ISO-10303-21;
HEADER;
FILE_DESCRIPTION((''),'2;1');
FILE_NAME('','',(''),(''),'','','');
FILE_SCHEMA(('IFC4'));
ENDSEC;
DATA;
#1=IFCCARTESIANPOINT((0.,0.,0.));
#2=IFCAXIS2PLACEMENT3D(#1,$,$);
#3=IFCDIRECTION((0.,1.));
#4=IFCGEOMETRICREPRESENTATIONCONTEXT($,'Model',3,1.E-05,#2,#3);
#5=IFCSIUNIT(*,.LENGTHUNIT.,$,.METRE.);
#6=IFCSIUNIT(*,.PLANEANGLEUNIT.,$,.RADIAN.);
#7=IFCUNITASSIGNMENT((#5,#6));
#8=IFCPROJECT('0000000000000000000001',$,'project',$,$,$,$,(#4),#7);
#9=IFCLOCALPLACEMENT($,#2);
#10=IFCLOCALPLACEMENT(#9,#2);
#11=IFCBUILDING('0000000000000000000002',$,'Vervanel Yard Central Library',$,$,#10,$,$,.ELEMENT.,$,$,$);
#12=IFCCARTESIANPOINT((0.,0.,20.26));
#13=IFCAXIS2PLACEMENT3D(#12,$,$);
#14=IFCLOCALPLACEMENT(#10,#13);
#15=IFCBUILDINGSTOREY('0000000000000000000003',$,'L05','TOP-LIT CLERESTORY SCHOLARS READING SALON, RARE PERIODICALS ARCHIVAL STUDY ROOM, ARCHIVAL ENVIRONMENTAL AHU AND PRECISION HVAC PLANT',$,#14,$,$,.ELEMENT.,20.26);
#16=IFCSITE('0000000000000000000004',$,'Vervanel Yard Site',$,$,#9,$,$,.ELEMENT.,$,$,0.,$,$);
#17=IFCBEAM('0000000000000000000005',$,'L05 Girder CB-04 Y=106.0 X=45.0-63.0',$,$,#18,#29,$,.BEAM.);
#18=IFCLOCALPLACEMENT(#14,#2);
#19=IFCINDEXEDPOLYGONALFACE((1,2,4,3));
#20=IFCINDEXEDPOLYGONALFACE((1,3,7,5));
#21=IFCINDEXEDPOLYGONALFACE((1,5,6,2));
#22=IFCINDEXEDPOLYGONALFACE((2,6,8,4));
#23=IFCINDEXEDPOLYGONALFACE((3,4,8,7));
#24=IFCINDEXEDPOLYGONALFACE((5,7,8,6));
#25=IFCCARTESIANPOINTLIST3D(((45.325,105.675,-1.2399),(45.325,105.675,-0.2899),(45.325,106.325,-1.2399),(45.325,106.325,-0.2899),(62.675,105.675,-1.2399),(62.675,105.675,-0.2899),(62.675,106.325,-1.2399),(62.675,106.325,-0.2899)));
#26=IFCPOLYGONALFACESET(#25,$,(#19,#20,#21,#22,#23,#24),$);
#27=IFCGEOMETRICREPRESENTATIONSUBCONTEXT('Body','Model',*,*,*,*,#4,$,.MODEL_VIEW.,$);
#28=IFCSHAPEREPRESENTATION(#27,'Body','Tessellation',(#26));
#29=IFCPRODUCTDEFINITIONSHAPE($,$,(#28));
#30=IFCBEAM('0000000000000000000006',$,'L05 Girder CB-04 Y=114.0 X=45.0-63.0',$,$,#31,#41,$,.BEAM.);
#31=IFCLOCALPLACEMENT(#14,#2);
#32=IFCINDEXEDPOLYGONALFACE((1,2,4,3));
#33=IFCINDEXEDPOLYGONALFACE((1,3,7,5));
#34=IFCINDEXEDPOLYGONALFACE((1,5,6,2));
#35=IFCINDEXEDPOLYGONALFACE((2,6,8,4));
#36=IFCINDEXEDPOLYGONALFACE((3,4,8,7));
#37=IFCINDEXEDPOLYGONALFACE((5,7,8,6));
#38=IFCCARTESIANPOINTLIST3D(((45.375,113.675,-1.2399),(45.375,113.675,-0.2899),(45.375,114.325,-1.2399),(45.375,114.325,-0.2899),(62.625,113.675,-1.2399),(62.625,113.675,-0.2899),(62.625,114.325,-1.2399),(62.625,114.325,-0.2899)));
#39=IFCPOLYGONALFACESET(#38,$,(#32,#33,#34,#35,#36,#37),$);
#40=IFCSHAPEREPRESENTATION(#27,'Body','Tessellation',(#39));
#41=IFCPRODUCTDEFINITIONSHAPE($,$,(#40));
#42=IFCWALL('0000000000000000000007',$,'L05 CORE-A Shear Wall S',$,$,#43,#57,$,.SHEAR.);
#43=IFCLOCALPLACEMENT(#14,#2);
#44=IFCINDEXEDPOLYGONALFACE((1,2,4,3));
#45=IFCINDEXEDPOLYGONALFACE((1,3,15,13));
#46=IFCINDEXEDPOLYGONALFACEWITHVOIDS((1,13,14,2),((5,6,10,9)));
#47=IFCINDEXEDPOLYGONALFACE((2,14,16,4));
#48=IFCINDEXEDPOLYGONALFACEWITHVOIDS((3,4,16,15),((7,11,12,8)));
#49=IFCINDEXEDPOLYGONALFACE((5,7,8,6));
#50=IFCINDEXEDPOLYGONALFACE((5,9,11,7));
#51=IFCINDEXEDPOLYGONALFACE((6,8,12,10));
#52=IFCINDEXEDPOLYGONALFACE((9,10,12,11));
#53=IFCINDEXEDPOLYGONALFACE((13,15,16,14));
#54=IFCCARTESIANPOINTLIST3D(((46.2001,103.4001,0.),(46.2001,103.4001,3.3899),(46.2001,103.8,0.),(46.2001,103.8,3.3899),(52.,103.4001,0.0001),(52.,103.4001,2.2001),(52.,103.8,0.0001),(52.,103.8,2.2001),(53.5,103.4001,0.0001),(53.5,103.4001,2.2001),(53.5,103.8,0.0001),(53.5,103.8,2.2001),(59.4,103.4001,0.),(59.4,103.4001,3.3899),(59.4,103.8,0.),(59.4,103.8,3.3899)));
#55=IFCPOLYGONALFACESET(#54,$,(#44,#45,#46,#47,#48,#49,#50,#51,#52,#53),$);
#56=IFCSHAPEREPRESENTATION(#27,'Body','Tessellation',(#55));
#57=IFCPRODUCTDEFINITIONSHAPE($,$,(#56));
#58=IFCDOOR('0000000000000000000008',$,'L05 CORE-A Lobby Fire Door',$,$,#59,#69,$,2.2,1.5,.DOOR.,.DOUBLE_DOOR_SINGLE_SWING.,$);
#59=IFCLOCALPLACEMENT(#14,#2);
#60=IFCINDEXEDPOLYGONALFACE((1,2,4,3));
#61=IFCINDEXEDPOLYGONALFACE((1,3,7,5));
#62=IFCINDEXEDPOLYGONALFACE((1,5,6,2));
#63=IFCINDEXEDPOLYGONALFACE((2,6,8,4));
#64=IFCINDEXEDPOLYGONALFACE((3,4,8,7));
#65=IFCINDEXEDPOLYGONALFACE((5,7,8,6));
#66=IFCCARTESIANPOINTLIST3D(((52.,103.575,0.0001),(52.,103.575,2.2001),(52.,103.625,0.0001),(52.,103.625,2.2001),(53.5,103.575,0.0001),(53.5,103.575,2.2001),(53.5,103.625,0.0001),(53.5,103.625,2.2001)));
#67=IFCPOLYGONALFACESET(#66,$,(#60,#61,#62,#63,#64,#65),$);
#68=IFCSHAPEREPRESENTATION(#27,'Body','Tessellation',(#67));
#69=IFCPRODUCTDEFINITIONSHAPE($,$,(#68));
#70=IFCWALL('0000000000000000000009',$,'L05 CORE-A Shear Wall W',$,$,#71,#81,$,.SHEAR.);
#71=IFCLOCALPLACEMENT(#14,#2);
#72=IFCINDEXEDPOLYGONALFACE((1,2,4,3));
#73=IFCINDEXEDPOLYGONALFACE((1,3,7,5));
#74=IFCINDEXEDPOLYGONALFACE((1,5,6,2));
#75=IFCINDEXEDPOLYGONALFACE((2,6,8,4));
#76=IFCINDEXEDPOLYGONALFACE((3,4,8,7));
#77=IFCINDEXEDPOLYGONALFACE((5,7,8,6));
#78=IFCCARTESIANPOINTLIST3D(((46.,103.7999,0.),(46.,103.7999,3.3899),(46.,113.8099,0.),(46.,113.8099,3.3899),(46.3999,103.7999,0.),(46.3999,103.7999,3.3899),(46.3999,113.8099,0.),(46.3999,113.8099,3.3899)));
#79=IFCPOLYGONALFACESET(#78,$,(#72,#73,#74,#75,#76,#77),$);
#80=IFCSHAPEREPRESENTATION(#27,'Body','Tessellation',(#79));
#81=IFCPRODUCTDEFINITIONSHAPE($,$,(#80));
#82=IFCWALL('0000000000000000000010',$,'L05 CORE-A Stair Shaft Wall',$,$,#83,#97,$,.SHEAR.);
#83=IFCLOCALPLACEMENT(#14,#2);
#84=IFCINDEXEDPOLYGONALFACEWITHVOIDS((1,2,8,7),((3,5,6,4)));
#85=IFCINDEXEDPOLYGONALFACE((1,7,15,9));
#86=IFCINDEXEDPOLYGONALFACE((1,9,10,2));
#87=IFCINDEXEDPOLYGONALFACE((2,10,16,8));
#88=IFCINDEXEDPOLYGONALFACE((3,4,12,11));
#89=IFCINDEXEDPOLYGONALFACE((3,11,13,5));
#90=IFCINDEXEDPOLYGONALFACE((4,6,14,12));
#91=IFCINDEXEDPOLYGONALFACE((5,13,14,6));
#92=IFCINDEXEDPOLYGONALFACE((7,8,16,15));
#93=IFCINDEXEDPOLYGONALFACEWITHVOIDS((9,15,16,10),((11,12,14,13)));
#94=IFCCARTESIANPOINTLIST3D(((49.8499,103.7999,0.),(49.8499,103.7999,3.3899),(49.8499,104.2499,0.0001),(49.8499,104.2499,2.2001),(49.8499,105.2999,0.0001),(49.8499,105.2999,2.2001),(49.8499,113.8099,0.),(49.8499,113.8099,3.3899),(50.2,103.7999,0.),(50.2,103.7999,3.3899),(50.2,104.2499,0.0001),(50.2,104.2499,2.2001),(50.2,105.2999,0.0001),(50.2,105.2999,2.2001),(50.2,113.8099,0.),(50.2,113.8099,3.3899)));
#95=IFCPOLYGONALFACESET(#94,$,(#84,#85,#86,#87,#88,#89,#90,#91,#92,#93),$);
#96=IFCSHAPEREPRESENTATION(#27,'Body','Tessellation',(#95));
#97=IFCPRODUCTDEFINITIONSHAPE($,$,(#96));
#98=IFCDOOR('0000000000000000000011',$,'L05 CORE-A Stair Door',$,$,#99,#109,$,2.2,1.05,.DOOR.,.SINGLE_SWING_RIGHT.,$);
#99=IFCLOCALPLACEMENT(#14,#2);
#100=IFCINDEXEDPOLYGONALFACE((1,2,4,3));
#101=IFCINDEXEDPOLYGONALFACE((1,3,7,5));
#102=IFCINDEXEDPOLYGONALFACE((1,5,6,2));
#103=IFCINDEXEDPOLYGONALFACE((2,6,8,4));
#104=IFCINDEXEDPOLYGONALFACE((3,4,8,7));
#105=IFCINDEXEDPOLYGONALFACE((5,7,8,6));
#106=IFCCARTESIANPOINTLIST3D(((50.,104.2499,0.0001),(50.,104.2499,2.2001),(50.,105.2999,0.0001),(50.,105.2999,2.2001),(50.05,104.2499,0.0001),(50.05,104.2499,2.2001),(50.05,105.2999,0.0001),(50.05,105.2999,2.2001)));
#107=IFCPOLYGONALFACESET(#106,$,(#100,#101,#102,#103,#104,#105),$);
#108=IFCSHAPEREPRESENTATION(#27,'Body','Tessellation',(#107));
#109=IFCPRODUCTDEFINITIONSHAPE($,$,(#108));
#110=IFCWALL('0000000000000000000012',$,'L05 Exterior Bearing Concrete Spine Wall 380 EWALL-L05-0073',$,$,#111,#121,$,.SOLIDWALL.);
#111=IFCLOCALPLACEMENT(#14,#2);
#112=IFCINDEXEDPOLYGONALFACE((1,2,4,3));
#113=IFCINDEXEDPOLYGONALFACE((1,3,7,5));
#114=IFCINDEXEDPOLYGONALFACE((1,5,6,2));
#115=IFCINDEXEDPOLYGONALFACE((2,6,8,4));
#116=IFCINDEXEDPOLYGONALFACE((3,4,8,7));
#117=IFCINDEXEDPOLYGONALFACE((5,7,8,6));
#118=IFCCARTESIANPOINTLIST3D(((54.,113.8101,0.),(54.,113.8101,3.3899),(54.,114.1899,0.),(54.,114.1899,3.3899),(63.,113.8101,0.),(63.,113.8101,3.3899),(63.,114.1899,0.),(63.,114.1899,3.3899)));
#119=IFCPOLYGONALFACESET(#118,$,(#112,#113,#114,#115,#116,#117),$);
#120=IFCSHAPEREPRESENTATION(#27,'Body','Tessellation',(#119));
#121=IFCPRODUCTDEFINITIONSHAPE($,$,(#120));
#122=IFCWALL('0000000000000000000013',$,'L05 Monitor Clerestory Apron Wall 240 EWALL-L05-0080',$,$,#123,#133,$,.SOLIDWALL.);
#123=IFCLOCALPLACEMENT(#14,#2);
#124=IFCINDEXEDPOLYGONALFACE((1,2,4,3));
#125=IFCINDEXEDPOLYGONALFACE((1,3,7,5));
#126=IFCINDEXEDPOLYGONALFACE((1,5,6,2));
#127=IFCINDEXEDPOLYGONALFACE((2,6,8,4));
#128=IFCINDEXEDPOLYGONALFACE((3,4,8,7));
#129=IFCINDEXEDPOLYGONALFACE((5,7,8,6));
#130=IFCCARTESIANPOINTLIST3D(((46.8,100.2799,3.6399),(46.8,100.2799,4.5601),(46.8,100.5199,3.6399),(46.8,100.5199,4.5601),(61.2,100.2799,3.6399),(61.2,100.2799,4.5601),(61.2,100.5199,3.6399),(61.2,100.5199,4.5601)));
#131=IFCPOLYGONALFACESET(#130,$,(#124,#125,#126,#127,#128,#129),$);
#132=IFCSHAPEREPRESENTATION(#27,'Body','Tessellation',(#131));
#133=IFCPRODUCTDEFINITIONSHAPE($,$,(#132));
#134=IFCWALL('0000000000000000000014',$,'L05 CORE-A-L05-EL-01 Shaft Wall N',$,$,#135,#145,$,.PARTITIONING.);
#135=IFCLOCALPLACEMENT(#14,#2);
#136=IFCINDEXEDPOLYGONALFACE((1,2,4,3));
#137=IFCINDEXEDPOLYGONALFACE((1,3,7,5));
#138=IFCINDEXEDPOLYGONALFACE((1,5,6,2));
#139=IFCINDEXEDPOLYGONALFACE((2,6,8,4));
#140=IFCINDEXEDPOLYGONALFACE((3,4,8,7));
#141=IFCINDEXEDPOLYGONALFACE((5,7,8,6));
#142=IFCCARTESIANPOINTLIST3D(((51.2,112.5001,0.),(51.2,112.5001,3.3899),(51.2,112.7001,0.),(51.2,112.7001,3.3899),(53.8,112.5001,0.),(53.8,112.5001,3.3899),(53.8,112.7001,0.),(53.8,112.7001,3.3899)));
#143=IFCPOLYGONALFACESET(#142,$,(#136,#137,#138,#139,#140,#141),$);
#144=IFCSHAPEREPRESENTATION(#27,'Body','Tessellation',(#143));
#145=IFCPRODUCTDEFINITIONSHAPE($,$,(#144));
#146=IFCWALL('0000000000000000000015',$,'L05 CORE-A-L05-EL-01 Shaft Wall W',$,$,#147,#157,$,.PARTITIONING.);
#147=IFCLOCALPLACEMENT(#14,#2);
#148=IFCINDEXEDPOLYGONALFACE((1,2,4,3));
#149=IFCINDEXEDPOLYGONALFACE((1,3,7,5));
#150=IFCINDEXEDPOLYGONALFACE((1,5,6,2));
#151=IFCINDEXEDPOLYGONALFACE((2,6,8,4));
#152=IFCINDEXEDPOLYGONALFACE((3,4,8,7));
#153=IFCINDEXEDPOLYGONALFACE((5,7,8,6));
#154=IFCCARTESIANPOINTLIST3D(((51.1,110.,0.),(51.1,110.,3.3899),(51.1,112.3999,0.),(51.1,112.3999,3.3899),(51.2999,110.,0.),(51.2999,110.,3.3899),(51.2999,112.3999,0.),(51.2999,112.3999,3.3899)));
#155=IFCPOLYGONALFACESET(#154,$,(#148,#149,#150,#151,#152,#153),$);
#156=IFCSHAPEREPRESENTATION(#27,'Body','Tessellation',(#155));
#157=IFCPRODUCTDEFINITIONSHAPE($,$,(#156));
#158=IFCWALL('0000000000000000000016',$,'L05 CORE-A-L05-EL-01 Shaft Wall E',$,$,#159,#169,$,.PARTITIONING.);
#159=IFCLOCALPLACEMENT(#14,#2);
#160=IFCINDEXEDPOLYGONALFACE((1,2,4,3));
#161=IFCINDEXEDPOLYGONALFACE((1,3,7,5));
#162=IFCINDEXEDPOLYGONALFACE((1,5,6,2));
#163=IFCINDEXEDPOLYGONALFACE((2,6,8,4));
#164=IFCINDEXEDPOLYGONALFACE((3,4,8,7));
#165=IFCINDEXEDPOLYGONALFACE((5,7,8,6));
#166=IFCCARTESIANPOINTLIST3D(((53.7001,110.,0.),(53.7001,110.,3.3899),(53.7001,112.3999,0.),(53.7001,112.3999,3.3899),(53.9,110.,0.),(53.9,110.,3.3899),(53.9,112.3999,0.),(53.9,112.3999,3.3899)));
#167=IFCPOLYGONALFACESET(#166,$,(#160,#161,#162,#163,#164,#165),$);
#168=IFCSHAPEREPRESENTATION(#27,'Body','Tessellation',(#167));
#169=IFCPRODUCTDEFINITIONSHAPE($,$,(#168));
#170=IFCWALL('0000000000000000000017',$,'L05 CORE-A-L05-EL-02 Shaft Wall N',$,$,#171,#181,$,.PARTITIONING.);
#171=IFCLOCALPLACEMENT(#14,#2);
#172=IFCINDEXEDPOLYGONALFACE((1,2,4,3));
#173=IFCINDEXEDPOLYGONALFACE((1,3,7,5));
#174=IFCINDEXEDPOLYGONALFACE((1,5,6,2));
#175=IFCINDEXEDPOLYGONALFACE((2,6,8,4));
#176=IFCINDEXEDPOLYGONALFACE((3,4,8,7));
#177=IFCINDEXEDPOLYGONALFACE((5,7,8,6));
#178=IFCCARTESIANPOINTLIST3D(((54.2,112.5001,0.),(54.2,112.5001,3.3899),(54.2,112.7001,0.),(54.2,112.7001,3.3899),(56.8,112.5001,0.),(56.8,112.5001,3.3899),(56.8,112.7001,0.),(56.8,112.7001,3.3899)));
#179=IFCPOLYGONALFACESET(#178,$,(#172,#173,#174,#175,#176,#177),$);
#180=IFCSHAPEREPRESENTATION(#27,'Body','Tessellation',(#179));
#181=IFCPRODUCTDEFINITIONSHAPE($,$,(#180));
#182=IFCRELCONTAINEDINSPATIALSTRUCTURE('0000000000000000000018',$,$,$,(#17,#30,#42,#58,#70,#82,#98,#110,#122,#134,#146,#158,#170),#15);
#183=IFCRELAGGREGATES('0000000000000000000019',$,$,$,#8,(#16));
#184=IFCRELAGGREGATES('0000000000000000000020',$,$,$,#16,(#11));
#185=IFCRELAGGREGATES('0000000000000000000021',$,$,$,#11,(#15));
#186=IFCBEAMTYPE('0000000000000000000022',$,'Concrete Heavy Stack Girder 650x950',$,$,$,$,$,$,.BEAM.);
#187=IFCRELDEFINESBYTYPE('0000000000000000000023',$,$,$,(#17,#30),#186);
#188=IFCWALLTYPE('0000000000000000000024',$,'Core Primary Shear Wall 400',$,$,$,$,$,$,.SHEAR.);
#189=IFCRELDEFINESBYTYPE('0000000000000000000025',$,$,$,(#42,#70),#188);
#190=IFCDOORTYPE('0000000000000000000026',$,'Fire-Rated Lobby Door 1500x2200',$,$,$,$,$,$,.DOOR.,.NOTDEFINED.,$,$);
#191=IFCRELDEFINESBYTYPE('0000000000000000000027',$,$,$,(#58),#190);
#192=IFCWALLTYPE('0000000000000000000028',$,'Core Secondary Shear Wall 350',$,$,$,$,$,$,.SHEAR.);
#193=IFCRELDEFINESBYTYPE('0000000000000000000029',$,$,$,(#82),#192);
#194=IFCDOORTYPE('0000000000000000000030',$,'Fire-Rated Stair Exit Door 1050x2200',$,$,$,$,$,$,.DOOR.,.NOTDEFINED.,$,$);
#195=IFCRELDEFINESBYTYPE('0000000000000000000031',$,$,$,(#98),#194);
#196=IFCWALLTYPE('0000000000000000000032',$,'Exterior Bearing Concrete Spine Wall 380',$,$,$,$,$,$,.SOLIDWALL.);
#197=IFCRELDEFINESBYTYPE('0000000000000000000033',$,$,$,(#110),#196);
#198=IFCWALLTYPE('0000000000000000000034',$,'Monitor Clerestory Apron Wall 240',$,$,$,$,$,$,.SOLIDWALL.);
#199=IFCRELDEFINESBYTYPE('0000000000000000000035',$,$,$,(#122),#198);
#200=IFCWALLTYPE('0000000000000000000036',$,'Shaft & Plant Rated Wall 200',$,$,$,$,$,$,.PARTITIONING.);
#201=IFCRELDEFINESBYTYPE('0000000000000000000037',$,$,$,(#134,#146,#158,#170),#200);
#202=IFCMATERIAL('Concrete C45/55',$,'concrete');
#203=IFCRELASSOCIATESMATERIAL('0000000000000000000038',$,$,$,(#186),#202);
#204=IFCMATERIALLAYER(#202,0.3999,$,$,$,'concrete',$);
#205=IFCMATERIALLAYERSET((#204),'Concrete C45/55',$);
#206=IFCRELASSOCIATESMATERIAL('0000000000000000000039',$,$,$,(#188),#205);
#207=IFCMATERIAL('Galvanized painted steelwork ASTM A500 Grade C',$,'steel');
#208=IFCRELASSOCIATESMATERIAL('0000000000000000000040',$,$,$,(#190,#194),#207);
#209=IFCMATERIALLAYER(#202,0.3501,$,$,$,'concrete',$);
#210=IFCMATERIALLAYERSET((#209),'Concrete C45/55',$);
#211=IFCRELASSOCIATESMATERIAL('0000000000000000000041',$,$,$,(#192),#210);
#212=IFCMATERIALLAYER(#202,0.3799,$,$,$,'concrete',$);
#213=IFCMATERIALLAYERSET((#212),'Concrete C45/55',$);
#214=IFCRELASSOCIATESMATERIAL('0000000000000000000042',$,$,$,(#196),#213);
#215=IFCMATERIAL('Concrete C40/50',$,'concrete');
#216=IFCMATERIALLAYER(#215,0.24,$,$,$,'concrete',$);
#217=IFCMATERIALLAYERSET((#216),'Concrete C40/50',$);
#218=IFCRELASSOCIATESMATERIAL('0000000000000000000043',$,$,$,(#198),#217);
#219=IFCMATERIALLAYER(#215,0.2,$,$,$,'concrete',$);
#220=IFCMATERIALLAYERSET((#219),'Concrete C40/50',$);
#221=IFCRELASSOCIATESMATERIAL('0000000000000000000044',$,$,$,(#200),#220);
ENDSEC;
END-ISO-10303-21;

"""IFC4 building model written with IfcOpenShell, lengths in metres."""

from ifc_helpers import new_model, si_unit, direction, frame, frame_2d, origin, origin_2d, place, context, subcontext, project, spatial, rectangle, extrude, material, layer, layer_set, material_profile, profile_set, type_object, element, fill, save


model = new_model("IFC4")

# Units and contexts
model_context = context("Model", 3, precision=1e-05, world=origin(), true_north=direction((0.0, 1.0)))
body_context = subcontext(model_context, "Body", "Model", "MODEL_VIEW")
ifc_project = project(units=[si_unit("LENGTHUNIT", "METRE"), si_unit("PLANEANGLEUNIT", "RADIAN")], contexts=[model_context])

# Site, building, storey
site_placement = place(None, origin())
site = spatial("IfcSite", under=ifc_project, at=site_placement, Name="Vervanel Yard Site", CompositionType="ELEMENT", RefElevation=0.0)
building_placement = place(site_placement, origin())
building = spatial("IfcBuilding", under=site, at=building_placement, Name="Vervanel Yard Central Library", CompositionType="ELEMENT")
storey_placement = place(building_placement, frame((0.0, 0.0, 20.26)))
storey = spatial("IfcBuildingStorey", under=building, at=storey_placement, Name="L05", Description="TOP-LIT CLERESTORY SCHOLARS READING SALON, RARE PERIODICALS ARCHIVAL STUDY ROOM, ARCHIVAL ENVIRONMENTAL AHU AND PRECISION HVAC PLANT", CompositionType="ELEMENT", Elevation=20.26)

# Beams
ifc_material_1 = material(Name="Concrete C45/55", Category="concrete")
ifc_material_profile = material_profile(ifc_material_1, rectangle(XDim=0.6499, YDim=0.95, at=origin_2d()), Name="RC 650x950", Category="concrete")
ifc_profile_set = profile_set([ifc_material_profile], Name="Concrete C45/55")
beam_type = type_object("IfcBeamType", Name="Concrete Heavy Stack Girder 650x950", PredefinedType="BEAM", material=ifc_profile_set)
beam_1_placement = place(storey_placement, frame((45.325, 106.0, -0.7649), z_axis=(1.0, 0.0, 0.0), x_axis=(0.0, 1.0, 0.0)))
element("IfcBeam", 1, at=beam_1_placement, inside=storey, type_object=beam_type, Name="L05 Girder CB-04 Y=106.0 X=45.0-63.0", PredefinedType="BEAM", context=body_context, shape_type="SweptSolid", body=[
    extrude(rectangle(XDim=0.6499, YDim=0.95, at=origin_2d()), origin(), (0.0, 0.0, 1.0), 17.3501),
])
beam_2_placement = place(storey_placement, frame((45.375, 114.0, -0.7649), z_axis=(1.0, 0.0, 0.0), x_axis=(0.0, 1.0, 0.0)))
element("IfcBeam", 2, at=beam_2_placement, inside=storey, type_object=beam_type, Name="L05 Girder CB-04 Y=114.0 X=45.0-63.0", PredefinedType="BEAM", context=body_context, shape_type="SweptSolid", body=[
    extrude(rectangle(XDim=0.6499, YDim=0.95, at=origin_2d()), origin(), (0.0, 0.0, 1.0), 17.25),
])

# Wall, opening, door
ifc_layer_1 = layer(ifc_material_1, 0.3999, Category="concrete")
ifc_layer_set_1 = layer_set([ifc_layer_1], Name="Concrete C45/55")
wall_type_1 = type_object("IfcWallType", Name="Core Primary Shear Wall 400", PredefinedType="SHEAR", material=ifc_layer_set_1)
wall_1_placement = place(storey_placement, frame((46.2, 103.6001, 0.0), z_axis=(0.0, 0.0, 1.0), x_axis=(1.0, 0.0, 0.0)))
wall_1 = element("IfcWall", 3, at=wall_1_placement, inside=storey, type_object=wall_type_1, Name="L05 CORE-A Shear Wall S", PredefinedType="SHEAR", context=body_context, shape_type="SweptSolid", body=[
    extrude(rectangle(XDim=13.2, YDim=0.3999, at=frame_2d((6.6001, 0.0))), origin(), (0.0, 0.0, 1.0), 3.3899),
])
opening_1_placement = place(wall_1_placement, frame((5.8, 0.0, 0.0)))
opening_1 = element("IfcOpeningElement", 4, at=opening_1_placement, cuts=wall_1, PredefinedType="OPENING", context=body_context, shape_type="SweptSolid", body=[
    extrude(rectangle(XDim=1.5, YDim=2.2, at=frame_2d((0.75, 1.1001))), frame((0.0, 0.21, 0.0), z_axis=(0.0, -1.0, 0.0), x_axis=(1.0, 0.0, 0.0)), (0.0, 0.0, 1.0), 0.4199),
])
ifc_material_2 = material(Name="Galvanized painted steelwork ASTM A500 Grade C", Category="steel")
door_type_1 = type_object("IfcDoorType", Name="Fire-Rated Lobby Door 1500x2200", OperationType="NOTDEFINED", PredefinedType="DOOR", material=ifc_material_2)
door_1_placement = place(opening_1_placement, origin())
door_1 = element("IfcDoor", 5, at=door_1_placement, inside=storey, type_object=door_type_1, Name="L05 CORE-A Lobby Fire Door", OperationType="DOUBLE_DOOR_SINGLE_SWING", OverallHeight=2.2, OverallWidth=1.5, PredefinedType="DOOR", context=body_context, shape_type="SweptSolid", body=[
    extrude(rectangle(XDim=1.5, YDim=2.2, at=frame_2d((0.75, 1.1001))), frame((0.0, 0.0249, 0.0), z_axis=(0.0, -1.0, 0.0), x_axis=(1.0, 0.0, 0.0)), (0.0, 0.0, 1.0), 0.05),
])
fill(opening_1, door_1)

# Wall
wall_2_placement = place(storey_placement, frame((46.2, 103.8, 0.0), z_axis=(0.0, 0.0, 1.0), x_axis=(0.0, 1.0, 0.0)))
element("IfcWall", 6, at=wall_2_placement, inside=storey, type_object=wall_type_1, Name="L05 CORE-A Shear Wall W", PredefinedType="SHEAR", context=body_context, shape_type="SweptSolid", body=[
    extrude(rectangle(XDim=10.01, YDim=0.3999, at=frame_2d((5.0049, 0.0))), origin(), (0.0, 0.0, 1.0), 3.3899),
])

# Wall, opening, door
ifc_layer_2 = layer(ifc_material_1, 0.3501, Category="concrete")
ifc_layer_set_2 = layer_set([ifc_layer_2], Name="Concrete C45/55")
wall_type_2 = type_object("IfcWallType", Name="Core Secondary Shear Wall 350", PredefinedType="SHEAR", material=ifc_layer_set_2)
wall_3_placement = place(storey_placement, frame((50.0249, 103.8, 0.0), z_axis=(0.0, 0.0, 1.0), x_axis=(0.0, 1.0, 0.0)))
wall_3 = element("IfcWall", 7, at=wall_3_placement, inside=storey, type_object=wall_type_2, Name="L05 CORE-A Stair Shaft Wall", PredefinedType="SHEAR", context=body_context, shape_type="SweptSolid", body=[
    extrude(rectangle(XDim=10.01, YDim=0.3501, at=frame_2d((5.0049, 0.0))), origin(), (0.0, 0.0, 1.0), 3.3899),
])
opening_2_placement = place(wall_3_placement, frame((0.45, 0.0, 0.0)))
opening_2 = element("IfcOpeningElement", 8, at=opening_2_placement, cuts=wall_3, PredefinedType="OPENING", context=body_context, shape_type="SweptSolid", body=[
    extrude(rectangle(XDim=1.05, YDim=2.2, at=frame_2d((0.5249, 1.1001))), frame((0.0, 0.1851, 0.0), z_axis=(0.0, -1.0, 0.0), x_axis=(1.0, 0.0, 0.0)), (0.0, 0.0, 1.0), 0.3701),
])
door_type_2 = type_object("IfcDoorType", Name="Fire-Rated Stair Exit Door 1050x2200", OperationType="NOTDEFINED", PredefinedType="DOOR", material=ifc_material_2)
door_2_placement = place(opening_2_placement, origin())
door_2 = element("IfcDoor", 9, at=door_2_placement, inside=storey, type_object=door_type_2, Name="L05 CORE-A Stair Door", OperationType="SINGLE_SWING_RIGHT", OverallHeight=2.2, OverallWidth=1.05, PredefinedType="DOOR", context=body_context, shape_type="SweptSolid", body=[
    extrude(rectangle(XDim=1.05, YDim=2.2, at=frame_2d((0.5249, 1.1001))), frame((0.0, 0.0249, 0.0), z_axis=(0.0, -1.0, 0.0), x_axis=(1.0, 0.0, 0.0)), (0.0, 0.0, 1.0), 0.05),
])
fill(opening_2, door_2)

# Walls
ifc_layer_3 = layer(ifc_material_1, 0.3799, Category="concrete")
ifc_layer_set_3 = layer_set([ifc_layer_3], Name="Concrete C45/55")
wall_type_3 = type_object("IfcWallType", Name="Exterior Bearing Concrete Spine Wall 380", PredefinedType="SOLIDWALL", material=ifc_layer_set_3)
wall_4_placement = place(storey_placement, frame((54.0, 114.0, 0.0), z_axis=(0.0, 0.0, 1.0), x_axis=(1.0, 0.0, 0.0)))
element("IfcWall", 10, at=wall_4_placement, inside=storey, type_object=wall_type_3, Name="L05 Exterior Bearing Concrete Spine Wall 380 EWALL-L05-0073", PredefinedType="SOLIDWALL", context=body_context, shape_type="SweptSolid", body=[
    extrude(rectangle(XDim=9.0, YDim=0.3799, at=frame_2d((4.5, 0.0))), origin(), (0.0, 0.0, 1.0), 3.3899),
])
ifc_material_3 = material(Name="Concrete C40/50", Category="concrete")
ifc_layer_4 = layer(ifc_material_3, 0.24, Category="concrete")
ifc_layer_set_4 = layer_set([ifc_layer_4], Name="Concrete C40/50")
wall_type_4 = type_object("IfcWallType", Name="Monitor Clerestory Apron Wall 240", PredefinedType="SOLIDWALL", material=ifc_layer_set_4)
wall_5_placement = place(storey_placement, frame((46.8, 100.3999, 3.6399), z_axis=(0.0, 0.0, 1.0), x_axis=(1.0, 0.0, 0.0)))
element("IfcWall", 11, at=wall_5_placement, inside=storey, type_object=wall_type_4, Name="L05 Monitor Clerestory Apron Wall 240 EWALL-L05-0080", PredefinedType="SOLIDWALL", context=body_context, shape_type="SweptSolid", body=[
    extrude(rectangle(XDim=14.3999, YDim=0.24, at=frame_2d((7.2, 0.0))), origin(), (0.0, 0.0, 1.0), 0.9202),
])

# Shared definitions
ifc_layer_5 = layer(ifc_material_3, 0.2, Category="concrete")
ifc_layer_set_5 = layer_set([ifc_layer_5], Name="Concrete C40/50")
wall_type_5 = type_object("IfcWallType", Name="Shaft & Plant Rated Wall 200", PredefinedType="PARTITIONING", material=ifc_layer_set_5)

# Walls
wall_6_placement = place(storey_placement, frame((51.2, 112.6001, 0.0), z_axis=(0.0, 0.0, 1.0), x_axis=(1.0, 0.0, 0.0)))
element("IfcWall", 12, at=wall_6_placement, inside=storey, type_object=wall_type_5, Name="L05 CORE-A-L05-EL-01 Shaft Wall N", PredefinedType="PARTITIONING", context=body_context, shape_type="SweptSolid", body=[
    extrude(rectangle(XDim=2.6001, YDim=0.2, at=frame_2d((1.3, 0.0))), origin(), (0.0, 0.0, 1.0), 3.3899),
])
for number, where, z_axis, x_axis, name in (
    (13, (51.2, 110.0, 0.0), (0.0, 0.0, 1.0), (0.0, 1.0, 0.0), "L05 CORE-A-L05-EL-01 Shaft Wall W"),
    (14, (53.8, 110.0, 0.0), (0.0, 0.0, 1.0), (0.0, 1.0, 0.0), "L05 CORE-A-L05-EL-01 Shaft Wall E"),
):
    element("IfcWall", number, at=place(storey_placement, frame(where, z_axis=z_axis, x_axis=x_axis)), inside=storey, type_object=wall_type_5, Name=name, PredefinedType="PARTITIONING", context=body_context, shape_type="SweptSolid", body=[
        extrude(rectangle(XDim=2.3999, YDim=0.2, at=frame_2d((1.2, 0.0))), origin(), (0.0, 0.0, 1.0), 3.3899),
    ])

# Wall
wall_7_placement = place(storey_placement, frame((54.2, 112.6001, 0.0), z_axis=(0.0, 0.0, 1.0), x_axis=(1.0, 0.0, 0.0)))
element("IfcWall", 15, at=wall_7_placement, inside=storey, type_object=wall_type_5, Name="L05 CORE-A-L05-EL-02 Shaft Wall N", PredefinedType="PARTITIONING", context=body_context, shape_type="SweptSolid", body=[
    extrude(rectangle(XDim=2.6001, YDim=0.2, at=frame_2d((1.3, 0.0))), origin(), (0.0, 0.0, 1.0), 3.3899),
])

save(model, "model.ifc")
